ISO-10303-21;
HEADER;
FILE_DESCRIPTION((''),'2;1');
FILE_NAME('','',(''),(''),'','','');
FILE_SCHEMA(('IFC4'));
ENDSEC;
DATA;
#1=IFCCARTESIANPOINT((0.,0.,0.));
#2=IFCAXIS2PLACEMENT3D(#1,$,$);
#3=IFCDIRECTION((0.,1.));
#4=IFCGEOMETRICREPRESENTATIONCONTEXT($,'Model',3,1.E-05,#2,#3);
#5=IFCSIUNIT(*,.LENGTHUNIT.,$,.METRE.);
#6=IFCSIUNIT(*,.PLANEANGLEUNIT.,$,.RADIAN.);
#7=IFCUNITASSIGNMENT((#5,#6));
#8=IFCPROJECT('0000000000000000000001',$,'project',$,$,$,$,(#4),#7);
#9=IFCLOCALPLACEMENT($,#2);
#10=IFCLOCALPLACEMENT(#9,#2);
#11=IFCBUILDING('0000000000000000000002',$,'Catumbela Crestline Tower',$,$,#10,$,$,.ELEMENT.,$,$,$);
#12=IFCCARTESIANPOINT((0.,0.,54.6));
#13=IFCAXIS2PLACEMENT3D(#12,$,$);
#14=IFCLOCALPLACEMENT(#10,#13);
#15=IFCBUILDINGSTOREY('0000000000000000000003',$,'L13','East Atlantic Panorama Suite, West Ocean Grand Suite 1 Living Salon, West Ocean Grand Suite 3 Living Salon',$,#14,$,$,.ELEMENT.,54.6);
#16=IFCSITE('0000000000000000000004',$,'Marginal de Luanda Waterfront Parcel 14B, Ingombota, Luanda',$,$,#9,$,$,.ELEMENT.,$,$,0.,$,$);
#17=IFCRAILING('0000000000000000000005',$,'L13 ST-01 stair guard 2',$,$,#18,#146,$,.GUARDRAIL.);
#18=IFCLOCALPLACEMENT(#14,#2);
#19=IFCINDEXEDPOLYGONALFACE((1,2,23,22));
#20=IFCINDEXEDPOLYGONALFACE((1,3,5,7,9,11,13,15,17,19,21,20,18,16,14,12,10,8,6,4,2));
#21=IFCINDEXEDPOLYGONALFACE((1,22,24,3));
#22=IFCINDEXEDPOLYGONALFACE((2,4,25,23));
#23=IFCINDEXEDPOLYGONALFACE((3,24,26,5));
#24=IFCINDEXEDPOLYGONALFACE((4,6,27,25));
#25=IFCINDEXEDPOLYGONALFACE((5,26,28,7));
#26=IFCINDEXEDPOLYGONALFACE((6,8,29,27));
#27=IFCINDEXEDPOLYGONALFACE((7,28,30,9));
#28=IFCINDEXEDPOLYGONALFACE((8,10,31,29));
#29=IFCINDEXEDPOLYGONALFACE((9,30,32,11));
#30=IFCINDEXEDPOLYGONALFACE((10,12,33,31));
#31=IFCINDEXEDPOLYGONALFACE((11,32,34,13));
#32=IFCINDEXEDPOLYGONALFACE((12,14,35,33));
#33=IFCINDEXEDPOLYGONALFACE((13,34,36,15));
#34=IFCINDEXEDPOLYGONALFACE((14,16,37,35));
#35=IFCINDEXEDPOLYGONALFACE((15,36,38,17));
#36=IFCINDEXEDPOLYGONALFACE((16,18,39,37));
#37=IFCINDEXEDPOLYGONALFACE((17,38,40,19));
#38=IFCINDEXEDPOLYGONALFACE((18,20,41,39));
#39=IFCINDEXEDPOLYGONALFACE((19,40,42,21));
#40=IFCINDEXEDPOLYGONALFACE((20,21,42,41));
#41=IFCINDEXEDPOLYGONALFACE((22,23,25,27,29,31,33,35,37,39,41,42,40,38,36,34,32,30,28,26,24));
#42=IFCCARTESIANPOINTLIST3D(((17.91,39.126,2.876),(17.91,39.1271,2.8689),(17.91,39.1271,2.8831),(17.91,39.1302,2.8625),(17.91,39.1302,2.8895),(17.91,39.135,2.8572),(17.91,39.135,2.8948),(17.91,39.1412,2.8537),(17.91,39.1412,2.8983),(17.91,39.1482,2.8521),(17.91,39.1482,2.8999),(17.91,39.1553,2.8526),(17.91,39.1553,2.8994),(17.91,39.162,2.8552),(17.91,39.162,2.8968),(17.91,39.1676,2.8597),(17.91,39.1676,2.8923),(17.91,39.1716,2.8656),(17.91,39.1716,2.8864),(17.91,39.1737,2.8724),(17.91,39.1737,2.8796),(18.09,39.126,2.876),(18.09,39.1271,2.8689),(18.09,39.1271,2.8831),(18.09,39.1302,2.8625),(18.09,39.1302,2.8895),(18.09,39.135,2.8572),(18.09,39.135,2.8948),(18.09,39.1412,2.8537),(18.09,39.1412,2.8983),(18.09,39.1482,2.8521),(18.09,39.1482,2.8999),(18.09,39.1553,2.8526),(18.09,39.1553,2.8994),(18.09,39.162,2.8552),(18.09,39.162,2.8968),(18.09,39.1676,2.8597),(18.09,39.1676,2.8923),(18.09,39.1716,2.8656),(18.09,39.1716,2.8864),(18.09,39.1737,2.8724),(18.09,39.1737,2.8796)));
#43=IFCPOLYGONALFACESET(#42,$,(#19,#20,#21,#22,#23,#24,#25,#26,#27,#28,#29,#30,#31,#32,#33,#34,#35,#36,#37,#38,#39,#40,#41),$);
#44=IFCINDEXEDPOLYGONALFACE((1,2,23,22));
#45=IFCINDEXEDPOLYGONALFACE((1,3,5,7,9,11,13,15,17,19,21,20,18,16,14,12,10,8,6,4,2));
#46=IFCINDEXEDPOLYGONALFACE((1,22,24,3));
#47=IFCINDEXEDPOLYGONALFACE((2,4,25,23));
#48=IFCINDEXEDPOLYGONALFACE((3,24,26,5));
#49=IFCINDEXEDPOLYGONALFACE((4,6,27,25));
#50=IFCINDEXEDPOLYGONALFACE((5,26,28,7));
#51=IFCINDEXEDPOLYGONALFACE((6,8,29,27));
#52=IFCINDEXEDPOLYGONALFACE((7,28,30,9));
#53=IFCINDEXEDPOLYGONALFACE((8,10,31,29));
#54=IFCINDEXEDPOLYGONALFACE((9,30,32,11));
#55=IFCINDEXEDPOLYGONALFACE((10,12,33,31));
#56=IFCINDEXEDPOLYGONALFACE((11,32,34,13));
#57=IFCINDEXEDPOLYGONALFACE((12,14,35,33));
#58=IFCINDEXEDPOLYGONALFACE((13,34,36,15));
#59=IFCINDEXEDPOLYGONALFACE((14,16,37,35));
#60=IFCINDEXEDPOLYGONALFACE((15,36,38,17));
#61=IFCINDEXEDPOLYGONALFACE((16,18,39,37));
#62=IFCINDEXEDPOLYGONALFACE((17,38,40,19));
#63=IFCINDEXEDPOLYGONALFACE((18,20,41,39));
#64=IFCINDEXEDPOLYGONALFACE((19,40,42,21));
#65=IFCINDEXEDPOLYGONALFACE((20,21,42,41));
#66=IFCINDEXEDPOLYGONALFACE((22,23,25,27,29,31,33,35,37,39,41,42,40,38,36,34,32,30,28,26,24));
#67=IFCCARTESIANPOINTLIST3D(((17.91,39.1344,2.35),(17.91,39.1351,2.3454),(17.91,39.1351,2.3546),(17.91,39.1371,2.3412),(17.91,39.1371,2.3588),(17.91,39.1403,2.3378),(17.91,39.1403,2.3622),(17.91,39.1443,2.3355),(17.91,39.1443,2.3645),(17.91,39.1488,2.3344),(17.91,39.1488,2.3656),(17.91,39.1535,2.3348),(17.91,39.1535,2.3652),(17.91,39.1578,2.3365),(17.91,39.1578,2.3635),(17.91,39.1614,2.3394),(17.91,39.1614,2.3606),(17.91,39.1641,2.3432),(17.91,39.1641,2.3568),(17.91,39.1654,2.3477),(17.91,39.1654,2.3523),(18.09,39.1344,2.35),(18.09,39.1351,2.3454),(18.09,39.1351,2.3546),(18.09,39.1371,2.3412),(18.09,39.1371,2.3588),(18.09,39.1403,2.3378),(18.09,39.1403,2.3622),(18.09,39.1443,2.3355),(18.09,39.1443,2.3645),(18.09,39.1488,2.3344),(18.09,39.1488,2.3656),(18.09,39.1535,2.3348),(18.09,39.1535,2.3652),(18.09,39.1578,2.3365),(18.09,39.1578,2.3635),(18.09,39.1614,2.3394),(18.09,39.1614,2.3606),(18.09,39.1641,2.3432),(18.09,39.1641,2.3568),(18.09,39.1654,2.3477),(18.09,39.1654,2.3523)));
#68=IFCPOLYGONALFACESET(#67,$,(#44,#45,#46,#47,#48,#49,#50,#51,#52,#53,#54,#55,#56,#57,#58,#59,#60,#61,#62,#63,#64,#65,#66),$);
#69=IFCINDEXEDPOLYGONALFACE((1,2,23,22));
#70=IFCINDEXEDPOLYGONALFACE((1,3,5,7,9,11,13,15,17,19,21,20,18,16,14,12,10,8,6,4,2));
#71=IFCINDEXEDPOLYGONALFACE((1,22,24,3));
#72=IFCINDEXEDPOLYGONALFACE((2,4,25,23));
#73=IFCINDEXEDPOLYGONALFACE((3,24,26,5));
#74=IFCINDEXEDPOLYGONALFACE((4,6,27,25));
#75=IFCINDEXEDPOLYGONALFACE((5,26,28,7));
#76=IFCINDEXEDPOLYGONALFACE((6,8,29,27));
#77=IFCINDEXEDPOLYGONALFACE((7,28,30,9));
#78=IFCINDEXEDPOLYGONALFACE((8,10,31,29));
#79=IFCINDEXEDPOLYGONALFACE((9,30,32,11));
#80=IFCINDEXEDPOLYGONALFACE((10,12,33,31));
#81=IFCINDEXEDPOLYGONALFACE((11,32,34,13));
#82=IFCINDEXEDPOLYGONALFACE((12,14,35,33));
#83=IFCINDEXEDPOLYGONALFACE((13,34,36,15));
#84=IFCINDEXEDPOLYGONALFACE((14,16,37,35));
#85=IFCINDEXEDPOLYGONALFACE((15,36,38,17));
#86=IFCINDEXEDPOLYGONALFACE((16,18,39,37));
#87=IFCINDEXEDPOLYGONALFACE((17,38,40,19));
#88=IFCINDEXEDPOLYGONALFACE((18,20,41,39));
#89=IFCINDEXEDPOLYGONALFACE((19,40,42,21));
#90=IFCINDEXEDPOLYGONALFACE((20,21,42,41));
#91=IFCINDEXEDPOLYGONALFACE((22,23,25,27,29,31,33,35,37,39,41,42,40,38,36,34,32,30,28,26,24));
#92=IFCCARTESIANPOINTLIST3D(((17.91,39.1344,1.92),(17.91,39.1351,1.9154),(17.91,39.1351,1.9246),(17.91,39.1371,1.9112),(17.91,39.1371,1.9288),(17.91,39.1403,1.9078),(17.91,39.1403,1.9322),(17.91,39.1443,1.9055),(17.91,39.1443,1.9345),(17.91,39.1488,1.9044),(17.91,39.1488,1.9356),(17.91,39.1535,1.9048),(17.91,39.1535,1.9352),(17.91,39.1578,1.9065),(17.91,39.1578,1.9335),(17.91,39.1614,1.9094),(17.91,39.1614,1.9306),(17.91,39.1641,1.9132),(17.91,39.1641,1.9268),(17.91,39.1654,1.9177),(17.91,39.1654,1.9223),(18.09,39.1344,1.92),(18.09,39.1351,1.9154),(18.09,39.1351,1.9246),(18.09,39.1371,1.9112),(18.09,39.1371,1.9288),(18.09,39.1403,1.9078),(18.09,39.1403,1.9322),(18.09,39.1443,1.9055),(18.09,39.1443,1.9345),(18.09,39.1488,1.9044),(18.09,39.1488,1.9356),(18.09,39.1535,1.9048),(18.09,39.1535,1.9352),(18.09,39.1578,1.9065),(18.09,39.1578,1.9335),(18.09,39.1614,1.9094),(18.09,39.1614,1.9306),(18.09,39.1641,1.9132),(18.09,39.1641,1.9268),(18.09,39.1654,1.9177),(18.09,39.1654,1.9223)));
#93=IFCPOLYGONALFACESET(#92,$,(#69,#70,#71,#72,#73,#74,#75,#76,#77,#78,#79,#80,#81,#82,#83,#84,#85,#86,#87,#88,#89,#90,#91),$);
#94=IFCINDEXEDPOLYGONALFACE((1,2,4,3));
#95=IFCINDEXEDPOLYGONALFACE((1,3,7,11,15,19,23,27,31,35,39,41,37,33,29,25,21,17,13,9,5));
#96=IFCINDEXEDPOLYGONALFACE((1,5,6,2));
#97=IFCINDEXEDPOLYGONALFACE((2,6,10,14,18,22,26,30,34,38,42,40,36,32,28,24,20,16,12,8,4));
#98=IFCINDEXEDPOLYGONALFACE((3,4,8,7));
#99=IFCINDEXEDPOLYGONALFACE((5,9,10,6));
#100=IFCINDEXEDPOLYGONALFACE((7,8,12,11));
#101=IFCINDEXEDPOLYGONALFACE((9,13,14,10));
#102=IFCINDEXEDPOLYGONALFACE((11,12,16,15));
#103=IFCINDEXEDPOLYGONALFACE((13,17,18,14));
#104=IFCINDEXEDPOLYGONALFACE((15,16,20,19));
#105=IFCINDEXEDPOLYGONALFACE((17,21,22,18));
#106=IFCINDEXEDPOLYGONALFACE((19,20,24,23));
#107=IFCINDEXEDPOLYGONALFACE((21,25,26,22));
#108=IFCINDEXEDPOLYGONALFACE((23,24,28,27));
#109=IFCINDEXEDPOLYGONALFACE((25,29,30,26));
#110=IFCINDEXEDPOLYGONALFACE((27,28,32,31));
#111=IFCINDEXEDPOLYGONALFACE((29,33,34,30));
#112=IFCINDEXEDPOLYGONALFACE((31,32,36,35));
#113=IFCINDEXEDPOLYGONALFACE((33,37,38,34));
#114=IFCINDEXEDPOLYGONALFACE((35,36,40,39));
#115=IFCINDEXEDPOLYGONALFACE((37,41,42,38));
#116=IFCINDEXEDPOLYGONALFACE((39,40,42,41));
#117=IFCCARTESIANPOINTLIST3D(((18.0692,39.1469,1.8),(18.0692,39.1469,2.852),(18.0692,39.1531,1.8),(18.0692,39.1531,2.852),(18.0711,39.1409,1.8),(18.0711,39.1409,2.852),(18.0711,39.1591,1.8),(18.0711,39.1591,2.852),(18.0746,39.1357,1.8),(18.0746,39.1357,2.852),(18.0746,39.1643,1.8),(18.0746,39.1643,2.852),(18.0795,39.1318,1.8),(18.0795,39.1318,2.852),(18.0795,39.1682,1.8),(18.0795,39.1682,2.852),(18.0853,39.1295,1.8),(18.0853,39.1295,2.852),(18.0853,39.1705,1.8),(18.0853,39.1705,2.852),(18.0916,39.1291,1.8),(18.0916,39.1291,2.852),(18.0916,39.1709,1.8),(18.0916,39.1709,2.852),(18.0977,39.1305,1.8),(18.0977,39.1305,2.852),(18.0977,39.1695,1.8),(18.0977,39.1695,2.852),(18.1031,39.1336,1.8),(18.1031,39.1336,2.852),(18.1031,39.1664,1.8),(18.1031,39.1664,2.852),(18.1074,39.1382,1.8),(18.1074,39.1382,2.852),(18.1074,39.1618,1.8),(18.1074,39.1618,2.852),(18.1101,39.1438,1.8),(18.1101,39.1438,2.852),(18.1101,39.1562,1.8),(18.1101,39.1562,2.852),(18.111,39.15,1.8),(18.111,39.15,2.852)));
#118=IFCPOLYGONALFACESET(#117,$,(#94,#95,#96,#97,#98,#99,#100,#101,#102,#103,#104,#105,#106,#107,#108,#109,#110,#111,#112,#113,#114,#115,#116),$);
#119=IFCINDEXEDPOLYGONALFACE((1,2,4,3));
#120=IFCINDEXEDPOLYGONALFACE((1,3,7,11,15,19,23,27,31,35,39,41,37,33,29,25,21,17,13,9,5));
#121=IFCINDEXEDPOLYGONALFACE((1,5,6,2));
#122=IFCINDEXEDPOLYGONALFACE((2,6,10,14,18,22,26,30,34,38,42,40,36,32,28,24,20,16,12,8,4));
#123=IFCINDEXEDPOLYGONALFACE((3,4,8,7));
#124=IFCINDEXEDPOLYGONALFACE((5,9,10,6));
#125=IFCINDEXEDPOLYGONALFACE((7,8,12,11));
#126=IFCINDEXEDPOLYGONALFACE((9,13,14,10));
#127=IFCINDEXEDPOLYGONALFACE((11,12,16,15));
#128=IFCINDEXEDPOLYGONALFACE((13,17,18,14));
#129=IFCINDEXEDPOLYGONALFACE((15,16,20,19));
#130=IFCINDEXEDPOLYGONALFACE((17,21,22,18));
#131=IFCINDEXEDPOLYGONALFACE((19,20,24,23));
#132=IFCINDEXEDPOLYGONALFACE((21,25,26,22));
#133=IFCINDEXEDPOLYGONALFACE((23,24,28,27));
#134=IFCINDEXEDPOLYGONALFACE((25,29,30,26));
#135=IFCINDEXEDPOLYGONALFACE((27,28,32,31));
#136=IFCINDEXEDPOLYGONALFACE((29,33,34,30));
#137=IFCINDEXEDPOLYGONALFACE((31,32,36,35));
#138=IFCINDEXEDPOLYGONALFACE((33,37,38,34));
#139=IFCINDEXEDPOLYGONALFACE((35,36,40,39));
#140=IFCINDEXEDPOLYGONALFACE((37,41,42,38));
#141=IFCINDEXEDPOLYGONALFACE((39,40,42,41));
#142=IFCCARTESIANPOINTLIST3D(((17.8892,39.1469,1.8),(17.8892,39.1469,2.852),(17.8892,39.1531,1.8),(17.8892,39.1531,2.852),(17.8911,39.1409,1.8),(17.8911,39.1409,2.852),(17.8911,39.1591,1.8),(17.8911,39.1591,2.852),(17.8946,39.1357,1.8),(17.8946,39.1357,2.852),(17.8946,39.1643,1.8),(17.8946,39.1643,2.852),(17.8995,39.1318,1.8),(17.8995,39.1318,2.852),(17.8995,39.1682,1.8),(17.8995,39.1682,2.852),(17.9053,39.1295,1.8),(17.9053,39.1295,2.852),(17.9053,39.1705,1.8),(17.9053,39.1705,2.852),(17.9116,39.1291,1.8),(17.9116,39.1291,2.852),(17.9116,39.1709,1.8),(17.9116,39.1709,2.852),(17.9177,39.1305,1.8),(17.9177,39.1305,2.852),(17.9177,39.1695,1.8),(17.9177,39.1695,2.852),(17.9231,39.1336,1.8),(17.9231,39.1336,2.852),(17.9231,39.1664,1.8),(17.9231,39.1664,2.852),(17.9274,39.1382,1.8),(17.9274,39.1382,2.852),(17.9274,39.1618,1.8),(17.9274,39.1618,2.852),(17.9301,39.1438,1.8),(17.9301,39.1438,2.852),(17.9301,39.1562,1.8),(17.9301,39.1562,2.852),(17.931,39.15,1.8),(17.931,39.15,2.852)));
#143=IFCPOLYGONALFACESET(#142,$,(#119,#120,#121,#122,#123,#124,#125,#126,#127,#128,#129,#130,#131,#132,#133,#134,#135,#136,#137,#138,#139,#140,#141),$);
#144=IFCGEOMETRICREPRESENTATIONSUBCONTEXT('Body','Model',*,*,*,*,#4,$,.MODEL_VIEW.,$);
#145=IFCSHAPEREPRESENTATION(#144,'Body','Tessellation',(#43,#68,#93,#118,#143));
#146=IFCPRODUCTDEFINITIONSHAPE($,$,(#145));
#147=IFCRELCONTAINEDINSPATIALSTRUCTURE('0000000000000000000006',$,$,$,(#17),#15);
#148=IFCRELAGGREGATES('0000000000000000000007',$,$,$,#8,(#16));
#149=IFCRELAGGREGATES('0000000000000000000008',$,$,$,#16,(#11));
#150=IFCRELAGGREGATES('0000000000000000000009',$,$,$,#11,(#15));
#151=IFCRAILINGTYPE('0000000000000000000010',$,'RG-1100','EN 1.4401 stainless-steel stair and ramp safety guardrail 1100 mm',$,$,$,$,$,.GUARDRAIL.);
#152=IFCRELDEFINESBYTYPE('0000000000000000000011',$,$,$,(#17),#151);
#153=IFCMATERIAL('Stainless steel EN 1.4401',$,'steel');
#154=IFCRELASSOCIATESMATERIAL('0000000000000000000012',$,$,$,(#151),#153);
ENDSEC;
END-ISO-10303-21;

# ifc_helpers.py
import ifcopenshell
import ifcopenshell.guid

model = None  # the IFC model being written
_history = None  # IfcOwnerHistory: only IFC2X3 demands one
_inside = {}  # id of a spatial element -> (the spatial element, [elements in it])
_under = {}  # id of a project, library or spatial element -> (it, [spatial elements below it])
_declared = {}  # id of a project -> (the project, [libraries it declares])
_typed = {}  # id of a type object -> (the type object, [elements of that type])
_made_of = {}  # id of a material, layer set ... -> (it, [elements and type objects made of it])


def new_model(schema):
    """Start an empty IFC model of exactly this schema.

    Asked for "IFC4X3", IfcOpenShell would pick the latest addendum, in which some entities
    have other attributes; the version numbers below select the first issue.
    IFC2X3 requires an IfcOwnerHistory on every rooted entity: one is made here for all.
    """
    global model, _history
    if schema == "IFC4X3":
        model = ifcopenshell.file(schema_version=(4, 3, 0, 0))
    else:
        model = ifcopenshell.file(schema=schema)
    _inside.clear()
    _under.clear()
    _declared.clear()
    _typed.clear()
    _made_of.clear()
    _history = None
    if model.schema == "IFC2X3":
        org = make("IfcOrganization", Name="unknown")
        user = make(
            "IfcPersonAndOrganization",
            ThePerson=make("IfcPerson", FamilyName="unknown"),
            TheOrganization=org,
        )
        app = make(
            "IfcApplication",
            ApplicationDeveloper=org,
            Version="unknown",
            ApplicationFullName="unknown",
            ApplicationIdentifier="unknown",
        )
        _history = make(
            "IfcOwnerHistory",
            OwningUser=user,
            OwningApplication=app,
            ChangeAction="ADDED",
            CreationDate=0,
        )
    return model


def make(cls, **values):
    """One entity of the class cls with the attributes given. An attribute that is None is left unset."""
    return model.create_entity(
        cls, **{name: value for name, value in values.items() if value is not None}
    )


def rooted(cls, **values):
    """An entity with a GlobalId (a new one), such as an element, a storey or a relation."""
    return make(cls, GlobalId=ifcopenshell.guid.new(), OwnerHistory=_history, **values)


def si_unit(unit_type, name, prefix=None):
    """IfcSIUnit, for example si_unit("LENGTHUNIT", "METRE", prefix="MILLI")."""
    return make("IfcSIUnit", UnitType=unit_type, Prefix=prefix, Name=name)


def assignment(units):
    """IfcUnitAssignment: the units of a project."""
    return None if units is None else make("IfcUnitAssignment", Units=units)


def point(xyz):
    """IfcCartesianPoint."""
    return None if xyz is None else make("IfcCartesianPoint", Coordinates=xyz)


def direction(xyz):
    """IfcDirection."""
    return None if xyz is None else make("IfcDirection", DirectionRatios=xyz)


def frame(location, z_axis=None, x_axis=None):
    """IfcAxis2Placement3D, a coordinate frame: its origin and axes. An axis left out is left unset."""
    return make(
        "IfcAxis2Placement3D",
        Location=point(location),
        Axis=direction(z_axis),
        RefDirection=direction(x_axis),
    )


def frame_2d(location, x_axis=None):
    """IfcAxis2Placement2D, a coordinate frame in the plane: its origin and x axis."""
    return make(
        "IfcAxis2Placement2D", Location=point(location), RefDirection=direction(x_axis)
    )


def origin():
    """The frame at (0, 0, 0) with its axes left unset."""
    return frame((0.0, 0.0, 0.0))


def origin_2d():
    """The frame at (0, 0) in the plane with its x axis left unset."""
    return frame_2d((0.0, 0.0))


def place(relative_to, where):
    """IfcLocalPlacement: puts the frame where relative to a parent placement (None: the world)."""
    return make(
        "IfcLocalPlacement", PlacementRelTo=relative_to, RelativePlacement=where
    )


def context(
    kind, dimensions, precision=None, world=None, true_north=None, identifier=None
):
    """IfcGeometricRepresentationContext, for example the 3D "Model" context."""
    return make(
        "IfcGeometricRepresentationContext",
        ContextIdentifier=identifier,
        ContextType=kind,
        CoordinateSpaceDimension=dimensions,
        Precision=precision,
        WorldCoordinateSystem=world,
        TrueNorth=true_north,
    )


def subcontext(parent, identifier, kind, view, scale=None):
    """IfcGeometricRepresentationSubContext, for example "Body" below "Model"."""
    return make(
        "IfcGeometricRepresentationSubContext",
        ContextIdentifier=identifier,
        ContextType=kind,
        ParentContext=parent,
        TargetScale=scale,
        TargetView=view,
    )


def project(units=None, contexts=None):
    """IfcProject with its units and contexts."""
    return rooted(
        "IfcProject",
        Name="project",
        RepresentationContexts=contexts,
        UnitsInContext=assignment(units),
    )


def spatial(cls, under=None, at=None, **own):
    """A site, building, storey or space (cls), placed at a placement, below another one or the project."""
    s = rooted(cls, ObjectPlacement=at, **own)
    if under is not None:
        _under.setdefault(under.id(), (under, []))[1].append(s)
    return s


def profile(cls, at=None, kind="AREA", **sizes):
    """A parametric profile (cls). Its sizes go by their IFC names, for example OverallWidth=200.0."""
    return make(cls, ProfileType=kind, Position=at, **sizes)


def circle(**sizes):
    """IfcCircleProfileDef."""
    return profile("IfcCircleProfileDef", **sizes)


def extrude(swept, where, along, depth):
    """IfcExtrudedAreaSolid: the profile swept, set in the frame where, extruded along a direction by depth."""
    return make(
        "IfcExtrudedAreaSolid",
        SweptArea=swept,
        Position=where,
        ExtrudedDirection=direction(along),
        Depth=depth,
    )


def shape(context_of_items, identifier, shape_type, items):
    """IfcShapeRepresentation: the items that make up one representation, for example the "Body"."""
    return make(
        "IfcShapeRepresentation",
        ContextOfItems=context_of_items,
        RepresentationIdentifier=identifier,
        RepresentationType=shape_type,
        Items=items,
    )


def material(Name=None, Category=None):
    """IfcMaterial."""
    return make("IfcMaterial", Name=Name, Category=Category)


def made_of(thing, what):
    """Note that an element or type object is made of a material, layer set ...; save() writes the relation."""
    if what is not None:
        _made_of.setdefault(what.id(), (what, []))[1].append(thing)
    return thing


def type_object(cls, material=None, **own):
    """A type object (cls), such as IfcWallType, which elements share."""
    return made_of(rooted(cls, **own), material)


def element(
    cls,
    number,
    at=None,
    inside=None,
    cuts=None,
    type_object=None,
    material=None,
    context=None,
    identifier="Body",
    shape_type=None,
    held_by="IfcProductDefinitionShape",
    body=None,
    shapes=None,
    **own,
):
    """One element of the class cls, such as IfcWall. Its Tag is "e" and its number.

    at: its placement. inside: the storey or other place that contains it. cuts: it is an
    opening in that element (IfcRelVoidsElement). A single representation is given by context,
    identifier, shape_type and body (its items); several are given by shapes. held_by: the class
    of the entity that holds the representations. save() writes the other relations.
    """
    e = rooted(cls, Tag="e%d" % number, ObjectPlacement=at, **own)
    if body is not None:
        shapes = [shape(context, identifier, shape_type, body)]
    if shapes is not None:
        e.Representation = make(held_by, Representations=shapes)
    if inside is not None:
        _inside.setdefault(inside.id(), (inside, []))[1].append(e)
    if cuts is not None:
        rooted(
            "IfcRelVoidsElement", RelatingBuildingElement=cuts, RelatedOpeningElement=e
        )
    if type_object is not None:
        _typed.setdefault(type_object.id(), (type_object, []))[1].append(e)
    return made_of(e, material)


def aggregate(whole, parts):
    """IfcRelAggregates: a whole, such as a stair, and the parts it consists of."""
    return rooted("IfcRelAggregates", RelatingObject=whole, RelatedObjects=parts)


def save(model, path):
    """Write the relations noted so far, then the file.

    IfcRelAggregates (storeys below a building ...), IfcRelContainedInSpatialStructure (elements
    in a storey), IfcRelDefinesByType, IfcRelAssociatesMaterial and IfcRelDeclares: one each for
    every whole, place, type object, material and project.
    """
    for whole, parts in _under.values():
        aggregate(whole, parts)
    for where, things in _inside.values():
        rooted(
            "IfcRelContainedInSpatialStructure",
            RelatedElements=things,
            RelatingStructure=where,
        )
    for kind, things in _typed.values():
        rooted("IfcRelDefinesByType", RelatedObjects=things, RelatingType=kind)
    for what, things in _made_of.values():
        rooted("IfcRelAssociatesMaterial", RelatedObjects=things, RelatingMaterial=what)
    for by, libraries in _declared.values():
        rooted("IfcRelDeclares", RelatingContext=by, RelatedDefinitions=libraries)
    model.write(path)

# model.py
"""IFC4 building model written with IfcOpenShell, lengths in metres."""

from ifc_helpers import new_model, si_unit, direction, frame, origin, origin_2d, place, context, subcontext, project, spatial, circle, extrude, material, type_object, element, save


model = new_model("IFC4")

# Units and contexts
model_context = context("Model", 3, precision=1e-05, world=origin(), true_north=direction((0.0, 1.0)))
body_context = subcontext(model_context, "Body", "Model", "MODEL_VIEW")
ifc_project = project(units=[si_unit("LENGTHUNIT", "METRE"), si_unit("PLANEANGLEUNIT", "RADIAN")], contexts=[model_context])

# Site, building, storey
site_placement = place(None, origin())
site = spatial("IfcSite", under=ifc_project, at=site_placement, Name="Marginal de Luanda Waterfront Parcel 14B, Ingombota, Luanda", CompositionType="ELEMENT", RefElevation=0.0)
building_placement = place(site_placement, origin())
building = spatial("IfcBuilding", under=site, at=building_placement, Name="Catumbela Crestline Tower", CompositionType="ELEMENT")
storey_placement = place(building_placement, frame((0.0, 0.0, 54.6)))
storey = spatial("IfcBuildingStorey", under=building, at=storey_placement, Name="L13", Description="East Atlantic Panorama Suite, West Ocean Grand Suite 1 Living Salon, West Ocean Grand Suite 3 Living Salon", CompositionType="ELEMENT", Elevation=54.6)

# Railing
ifc_material_1 = material(Name="Stainless steel EN 1.4401", Category="steel")
railing_type_1 = type_object("IfcRailingType", Name="RG-1100", Description="EN 1.4401 stainless-steel stair and ramp safety guardrail 1100 mm", PredefinedType="GUARDRAIL", material=ifc_material_1)
railing_1_placement = place(storey_placement, frame((18.09, 39.15, 1.8)))
element("IfcRailing", 1, at=railing_1_placement, inside=storey, type_object=railing_type_1, Name="L13 ST-01 stair guard 2", PredefinedType="GUARDRAIL", context=body_context, shape_type="SweptSolid", body=[
    extrude(circle(Radius=0.024, at=origin_2d()), frame((0.0, 0.0, 1.076), z_axis=(-1.0, 0.0, 0.0), x_axis=(0.0, -1.0, 0.0)), (0.0, 0.0, 1.0), 0.18),
    extrude(circle(Radius=0.0156, at=origin_2d()), frame((0.0, 0.0, 0.55), z_axis=(-1.0, 0.0, 0.0), x_axis=(0.0, -1.0, 0.0)), (0.0, 0.0, 1.0), 0.18),
    extrude(circle(Radius=0.0156, at=origin_2d()), frame((0.0, 0.0, 0.12), z_axis=(-1.0, 0.0, 0.0), x_axis=(0.0, -1.0, 0.0)), (0.0, 0.0, 1.0), 0.18),
    extrude(circle(Radius=0.021, at=origin_2d()), origin(), (0.0, 0.0, 1.0), 1.052),
    extrude(circle(Radius=0.021, at=origin_2d()), frame((-0.18, 0.0, 0.0)), (0.0, 0.0, 1.0), 1.052),
])

save(model, "model.ifc")
